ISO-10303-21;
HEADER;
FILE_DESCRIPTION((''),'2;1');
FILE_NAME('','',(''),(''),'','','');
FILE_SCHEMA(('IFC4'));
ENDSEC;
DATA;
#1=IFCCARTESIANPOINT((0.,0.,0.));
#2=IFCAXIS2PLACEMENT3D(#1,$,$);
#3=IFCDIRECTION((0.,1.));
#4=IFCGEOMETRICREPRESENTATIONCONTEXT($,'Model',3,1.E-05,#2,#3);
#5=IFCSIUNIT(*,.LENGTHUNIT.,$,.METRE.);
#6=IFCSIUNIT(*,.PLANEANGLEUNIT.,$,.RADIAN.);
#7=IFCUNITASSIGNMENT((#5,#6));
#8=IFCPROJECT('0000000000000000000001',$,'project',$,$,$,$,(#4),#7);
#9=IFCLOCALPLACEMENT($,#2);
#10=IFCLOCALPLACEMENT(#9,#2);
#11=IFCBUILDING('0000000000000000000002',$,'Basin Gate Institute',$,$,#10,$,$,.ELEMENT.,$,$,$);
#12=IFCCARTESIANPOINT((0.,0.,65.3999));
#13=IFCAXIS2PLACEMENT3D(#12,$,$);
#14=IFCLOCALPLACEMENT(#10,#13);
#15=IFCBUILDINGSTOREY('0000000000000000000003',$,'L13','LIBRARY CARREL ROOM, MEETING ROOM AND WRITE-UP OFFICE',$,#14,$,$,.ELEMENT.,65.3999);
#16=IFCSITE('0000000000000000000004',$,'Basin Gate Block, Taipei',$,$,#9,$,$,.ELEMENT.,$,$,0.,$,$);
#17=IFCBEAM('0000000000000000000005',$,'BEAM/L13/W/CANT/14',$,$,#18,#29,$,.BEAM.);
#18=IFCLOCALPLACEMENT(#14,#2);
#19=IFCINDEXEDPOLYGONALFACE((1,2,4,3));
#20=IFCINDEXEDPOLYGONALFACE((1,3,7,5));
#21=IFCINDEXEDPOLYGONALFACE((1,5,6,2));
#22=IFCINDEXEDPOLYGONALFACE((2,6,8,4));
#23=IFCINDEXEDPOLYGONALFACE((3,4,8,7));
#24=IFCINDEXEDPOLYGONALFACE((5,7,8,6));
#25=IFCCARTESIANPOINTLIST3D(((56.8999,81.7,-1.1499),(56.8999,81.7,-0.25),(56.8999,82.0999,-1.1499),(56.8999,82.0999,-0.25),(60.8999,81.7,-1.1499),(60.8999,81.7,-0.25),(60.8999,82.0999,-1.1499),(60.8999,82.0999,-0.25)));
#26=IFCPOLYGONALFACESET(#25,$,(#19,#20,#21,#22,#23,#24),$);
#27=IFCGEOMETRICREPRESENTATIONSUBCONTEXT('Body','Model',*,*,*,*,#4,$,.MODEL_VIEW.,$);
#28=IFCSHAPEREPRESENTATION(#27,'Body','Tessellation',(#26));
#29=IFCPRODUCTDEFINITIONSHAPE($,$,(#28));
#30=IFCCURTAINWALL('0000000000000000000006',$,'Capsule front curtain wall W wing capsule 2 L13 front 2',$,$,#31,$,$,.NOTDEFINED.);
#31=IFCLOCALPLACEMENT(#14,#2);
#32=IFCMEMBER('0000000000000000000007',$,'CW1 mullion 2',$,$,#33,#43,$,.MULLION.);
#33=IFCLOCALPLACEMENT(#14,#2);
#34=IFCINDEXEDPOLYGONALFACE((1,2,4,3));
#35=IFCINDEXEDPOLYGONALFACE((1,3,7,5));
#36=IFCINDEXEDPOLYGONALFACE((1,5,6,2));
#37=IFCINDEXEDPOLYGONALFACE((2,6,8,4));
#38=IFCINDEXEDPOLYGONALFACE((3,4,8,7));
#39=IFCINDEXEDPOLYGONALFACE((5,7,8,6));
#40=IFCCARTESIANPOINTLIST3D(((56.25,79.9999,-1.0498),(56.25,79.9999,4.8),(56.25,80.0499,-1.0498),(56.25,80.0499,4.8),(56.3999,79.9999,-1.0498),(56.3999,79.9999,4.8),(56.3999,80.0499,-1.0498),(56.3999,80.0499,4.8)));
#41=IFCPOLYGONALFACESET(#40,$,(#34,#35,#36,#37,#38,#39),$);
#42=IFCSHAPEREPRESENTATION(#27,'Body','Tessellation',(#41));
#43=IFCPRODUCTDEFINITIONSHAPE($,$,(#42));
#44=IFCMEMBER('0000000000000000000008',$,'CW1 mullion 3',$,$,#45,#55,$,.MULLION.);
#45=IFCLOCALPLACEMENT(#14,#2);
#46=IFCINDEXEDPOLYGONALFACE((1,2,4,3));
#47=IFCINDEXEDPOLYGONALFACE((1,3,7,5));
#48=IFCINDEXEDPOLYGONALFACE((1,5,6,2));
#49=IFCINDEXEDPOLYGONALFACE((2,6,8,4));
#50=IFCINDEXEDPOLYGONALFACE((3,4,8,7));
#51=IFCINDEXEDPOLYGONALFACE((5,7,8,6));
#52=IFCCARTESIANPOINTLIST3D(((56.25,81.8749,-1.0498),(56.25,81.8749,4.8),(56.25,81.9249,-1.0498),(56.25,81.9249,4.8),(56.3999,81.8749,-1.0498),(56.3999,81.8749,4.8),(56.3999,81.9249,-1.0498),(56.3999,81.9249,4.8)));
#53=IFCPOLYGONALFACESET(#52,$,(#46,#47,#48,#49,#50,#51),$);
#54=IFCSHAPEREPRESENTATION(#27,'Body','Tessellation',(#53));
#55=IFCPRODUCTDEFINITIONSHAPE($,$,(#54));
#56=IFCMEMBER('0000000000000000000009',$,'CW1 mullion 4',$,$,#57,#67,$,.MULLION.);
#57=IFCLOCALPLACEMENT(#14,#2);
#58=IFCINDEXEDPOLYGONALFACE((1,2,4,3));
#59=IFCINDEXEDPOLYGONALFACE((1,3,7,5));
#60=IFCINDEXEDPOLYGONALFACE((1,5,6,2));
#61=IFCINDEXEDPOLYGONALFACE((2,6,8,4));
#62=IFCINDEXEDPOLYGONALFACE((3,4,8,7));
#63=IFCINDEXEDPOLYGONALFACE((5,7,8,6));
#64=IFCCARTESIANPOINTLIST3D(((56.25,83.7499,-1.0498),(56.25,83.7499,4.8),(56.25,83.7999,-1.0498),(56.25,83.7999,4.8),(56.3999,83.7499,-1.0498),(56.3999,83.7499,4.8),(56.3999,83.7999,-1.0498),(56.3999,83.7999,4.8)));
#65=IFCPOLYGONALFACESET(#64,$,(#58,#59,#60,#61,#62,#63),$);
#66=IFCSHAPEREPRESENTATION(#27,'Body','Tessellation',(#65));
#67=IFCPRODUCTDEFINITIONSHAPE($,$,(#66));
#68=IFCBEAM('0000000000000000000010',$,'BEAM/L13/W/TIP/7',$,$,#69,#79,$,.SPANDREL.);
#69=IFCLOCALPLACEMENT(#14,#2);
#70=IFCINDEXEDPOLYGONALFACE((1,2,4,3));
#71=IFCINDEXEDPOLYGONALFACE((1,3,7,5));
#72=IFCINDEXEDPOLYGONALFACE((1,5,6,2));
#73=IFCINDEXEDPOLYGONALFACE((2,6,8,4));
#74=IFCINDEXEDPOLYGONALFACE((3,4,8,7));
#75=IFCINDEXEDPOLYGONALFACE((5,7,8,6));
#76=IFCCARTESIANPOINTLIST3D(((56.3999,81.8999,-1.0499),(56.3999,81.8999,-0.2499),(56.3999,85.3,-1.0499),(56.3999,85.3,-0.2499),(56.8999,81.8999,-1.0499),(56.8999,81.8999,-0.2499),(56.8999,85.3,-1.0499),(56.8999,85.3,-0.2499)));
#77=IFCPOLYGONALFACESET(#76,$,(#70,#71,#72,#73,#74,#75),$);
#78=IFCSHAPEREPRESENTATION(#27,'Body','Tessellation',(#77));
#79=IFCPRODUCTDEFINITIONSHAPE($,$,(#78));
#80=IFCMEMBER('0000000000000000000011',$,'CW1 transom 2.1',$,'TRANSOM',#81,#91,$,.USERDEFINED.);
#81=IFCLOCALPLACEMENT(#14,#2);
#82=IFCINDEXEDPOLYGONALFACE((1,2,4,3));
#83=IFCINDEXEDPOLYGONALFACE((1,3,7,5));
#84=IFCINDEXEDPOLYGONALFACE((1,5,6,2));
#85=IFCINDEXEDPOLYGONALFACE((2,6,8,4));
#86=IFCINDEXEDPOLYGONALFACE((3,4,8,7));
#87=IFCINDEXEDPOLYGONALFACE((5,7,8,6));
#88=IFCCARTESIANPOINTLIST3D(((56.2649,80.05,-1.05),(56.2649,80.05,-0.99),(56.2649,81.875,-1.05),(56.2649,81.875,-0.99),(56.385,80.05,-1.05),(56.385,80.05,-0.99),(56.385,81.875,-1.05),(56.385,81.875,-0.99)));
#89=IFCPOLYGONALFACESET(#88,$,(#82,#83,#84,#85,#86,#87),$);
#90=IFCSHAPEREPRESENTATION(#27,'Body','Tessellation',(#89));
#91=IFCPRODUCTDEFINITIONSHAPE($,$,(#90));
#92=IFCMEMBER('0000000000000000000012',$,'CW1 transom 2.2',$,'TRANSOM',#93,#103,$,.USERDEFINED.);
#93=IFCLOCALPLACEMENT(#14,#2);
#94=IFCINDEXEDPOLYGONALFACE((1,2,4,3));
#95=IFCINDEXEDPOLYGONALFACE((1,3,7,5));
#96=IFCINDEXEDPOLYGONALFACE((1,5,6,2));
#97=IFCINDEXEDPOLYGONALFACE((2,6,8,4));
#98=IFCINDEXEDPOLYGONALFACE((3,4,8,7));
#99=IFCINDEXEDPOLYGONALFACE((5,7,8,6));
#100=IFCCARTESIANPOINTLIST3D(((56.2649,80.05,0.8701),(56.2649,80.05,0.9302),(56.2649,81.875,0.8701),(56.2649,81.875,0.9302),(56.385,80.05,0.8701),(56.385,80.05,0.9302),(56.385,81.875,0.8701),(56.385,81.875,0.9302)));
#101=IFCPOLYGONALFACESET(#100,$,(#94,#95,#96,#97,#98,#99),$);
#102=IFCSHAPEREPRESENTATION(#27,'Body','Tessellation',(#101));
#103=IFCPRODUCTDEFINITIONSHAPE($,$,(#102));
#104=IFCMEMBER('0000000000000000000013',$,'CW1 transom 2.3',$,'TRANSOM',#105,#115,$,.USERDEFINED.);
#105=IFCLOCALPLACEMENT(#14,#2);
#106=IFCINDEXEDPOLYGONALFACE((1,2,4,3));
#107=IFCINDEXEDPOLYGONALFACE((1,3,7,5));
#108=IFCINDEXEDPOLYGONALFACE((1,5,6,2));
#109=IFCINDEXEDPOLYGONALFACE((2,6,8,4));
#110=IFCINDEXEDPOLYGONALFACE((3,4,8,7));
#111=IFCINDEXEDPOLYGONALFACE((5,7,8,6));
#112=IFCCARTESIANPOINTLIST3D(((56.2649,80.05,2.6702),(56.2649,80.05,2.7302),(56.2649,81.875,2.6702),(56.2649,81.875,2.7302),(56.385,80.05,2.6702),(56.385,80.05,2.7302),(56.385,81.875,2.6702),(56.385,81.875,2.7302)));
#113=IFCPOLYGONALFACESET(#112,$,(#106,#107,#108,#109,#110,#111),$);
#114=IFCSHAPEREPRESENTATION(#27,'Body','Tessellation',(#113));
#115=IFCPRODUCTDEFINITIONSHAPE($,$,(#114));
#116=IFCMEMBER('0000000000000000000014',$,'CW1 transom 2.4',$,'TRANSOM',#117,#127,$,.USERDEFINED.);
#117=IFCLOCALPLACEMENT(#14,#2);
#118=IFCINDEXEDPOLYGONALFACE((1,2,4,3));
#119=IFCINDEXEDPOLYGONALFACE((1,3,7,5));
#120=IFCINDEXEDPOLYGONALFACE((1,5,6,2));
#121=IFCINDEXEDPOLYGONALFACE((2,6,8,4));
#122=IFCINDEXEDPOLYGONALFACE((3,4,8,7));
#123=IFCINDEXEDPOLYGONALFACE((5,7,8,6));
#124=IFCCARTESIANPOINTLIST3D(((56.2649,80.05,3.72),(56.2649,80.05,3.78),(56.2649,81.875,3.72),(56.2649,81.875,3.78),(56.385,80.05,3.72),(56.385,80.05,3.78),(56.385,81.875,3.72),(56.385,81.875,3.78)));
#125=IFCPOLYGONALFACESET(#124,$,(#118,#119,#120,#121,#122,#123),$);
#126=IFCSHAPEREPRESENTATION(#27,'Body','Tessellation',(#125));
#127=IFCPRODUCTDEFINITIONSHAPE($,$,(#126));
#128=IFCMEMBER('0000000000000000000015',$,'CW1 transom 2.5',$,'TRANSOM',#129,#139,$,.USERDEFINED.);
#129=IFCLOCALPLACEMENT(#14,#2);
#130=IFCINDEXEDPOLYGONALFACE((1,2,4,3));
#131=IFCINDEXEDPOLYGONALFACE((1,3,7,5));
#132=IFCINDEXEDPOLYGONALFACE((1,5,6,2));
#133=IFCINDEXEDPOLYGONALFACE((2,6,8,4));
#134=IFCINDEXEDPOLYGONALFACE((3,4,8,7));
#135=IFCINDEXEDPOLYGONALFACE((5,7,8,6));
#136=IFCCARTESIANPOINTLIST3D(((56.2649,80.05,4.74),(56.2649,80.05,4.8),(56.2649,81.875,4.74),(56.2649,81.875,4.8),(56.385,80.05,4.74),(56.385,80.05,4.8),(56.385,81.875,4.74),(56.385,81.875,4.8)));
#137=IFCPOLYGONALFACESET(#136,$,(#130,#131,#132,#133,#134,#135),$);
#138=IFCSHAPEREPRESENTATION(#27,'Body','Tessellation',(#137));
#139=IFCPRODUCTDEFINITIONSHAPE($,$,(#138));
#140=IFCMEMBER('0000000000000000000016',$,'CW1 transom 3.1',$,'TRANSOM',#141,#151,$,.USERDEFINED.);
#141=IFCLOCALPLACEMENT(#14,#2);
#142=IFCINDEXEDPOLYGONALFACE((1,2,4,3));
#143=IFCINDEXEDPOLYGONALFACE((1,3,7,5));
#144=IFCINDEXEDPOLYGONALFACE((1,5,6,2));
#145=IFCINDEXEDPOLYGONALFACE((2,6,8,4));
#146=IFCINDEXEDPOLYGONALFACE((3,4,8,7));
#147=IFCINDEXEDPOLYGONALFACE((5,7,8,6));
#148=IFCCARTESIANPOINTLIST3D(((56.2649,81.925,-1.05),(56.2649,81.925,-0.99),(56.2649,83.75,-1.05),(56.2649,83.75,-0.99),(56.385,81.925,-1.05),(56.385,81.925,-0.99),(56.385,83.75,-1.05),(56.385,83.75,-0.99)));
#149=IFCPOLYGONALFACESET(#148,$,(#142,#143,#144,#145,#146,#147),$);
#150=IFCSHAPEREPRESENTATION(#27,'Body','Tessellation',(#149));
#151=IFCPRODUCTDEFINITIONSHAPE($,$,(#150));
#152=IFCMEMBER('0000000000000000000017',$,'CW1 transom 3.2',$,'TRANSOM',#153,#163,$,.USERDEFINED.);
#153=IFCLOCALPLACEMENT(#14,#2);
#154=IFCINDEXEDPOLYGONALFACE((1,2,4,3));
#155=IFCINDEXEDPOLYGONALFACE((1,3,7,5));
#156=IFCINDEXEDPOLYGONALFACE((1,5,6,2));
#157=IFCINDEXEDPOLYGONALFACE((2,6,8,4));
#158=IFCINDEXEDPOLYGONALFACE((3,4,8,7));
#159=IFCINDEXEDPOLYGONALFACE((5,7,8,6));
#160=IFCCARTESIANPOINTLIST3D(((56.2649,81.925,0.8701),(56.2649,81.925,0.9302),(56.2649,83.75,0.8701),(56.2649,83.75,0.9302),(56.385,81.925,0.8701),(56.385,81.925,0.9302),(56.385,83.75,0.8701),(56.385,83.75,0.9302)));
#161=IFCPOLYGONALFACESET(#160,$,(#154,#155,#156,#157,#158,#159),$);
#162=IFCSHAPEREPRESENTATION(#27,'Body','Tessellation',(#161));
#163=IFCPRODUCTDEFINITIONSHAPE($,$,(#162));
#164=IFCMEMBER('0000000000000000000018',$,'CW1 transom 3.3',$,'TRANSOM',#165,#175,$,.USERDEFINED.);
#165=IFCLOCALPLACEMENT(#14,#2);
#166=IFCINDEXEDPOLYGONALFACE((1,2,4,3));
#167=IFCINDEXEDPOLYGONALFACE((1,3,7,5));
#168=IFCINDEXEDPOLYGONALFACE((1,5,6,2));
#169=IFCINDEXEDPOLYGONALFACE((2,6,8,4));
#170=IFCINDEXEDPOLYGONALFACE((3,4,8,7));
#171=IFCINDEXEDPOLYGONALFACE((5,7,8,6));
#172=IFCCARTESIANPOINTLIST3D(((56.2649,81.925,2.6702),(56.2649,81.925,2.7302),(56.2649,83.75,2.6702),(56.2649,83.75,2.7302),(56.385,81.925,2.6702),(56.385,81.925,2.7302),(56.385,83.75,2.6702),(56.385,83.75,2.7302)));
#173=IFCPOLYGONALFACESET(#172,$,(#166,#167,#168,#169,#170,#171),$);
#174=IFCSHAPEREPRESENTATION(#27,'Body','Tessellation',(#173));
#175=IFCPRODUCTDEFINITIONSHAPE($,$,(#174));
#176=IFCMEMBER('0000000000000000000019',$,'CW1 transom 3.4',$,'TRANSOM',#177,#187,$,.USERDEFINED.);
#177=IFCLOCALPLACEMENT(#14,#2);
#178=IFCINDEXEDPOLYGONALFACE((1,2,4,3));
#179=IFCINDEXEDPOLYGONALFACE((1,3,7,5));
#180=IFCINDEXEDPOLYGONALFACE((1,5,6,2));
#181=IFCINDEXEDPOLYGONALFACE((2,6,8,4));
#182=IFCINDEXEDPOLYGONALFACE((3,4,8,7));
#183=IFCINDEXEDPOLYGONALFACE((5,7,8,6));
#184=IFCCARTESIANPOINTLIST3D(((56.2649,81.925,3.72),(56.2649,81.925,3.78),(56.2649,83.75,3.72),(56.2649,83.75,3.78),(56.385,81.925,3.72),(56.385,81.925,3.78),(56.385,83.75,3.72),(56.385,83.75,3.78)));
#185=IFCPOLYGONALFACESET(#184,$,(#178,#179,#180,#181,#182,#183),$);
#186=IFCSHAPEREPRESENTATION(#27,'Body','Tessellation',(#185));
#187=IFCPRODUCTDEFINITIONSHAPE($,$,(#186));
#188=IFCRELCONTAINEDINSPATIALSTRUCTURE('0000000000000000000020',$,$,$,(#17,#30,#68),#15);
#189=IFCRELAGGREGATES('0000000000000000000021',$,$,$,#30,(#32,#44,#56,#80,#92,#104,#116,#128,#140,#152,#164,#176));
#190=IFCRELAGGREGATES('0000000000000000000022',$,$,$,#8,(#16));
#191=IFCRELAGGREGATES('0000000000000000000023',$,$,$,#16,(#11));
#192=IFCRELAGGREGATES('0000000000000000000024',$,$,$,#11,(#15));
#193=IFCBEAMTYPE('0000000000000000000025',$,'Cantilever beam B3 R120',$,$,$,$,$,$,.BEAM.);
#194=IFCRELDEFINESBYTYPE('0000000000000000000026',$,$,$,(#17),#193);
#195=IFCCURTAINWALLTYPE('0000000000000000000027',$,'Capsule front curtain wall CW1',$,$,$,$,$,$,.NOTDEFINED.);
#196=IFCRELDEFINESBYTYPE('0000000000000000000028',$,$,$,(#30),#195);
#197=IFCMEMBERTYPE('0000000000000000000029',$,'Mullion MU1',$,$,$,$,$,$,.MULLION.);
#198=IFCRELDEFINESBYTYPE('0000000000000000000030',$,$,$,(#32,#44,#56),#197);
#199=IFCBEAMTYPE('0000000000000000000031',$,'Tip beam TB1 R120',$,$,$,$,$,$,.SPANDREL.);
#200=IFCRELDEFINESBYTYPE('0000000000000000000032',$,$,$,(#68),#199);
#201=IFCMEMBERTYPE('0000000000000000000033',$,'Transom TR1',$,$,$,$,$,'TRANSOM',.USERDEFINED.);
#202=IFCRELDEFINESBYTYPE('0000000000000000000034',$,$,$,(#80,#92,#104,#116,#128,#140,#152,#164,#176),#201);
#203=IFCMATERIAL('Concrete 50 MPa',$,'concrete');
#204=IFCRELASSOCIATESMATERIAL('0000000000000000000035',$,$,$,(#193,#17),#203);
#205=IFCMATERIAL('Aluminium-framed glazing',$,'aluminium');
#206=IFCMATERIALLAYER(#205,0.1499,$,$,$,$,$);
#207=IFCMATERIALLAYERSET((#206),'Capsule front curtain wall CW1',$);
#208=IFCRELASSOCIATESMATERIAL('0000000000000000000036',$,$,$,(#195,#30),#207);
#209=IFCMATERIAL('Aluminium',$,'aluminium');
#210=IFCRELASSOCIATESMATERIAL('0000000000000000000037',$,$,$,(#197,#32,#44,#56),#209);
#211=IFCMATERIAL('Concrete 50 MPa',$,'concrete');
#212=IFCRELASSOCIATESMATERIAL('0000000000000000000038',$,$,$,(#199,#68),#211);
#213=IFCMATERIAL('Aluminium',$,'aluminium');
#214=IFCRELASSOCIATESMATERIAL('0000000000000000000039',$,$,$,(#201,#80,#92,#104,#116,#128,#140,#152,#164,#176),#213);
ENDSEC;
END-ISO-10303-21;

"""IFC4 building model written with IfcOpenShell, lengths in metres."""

from ifc_helpers import new_model, si_unit, direction, frame, origin, origin_2d, place, context, subcontext, project, spatial, rectangle, extrude, material, layer, layer_set, material_profile, profile_set, type_object, element, aggregate, save


model = new_model("IFC4")

# Units and contexts
model_context = context("Model", 3, precision=1e-05, world=origin(), true_north=direction((0.0, 1.0)))
body_context = subcontext(model_context, "Body", "Model", "MODEL_VIEW")
ifc_project = project(units=[si_unit("LENGTHUNIT", "METRE"), si_unit("PLANEANGLEUNIT", "RADIAN")], contexts=[model_context])

# Site, building, storey
site_placement = place(None, origin())
site = spatial("IfcSite", under=ifc_project, at=site_placement, Name="Basin Gate Block, Taipei", CompositionType="ELEMENT", RefElevation=0.0)
building_placement = place(site_placement, origin())
building = spatial("IfcBuilding", under=site, at=building_placement, Name="Basin Gate Institute", CompositionType="ELEMENT")
storey_placement = place(building_placement, frame((0.0, 0.0, 65.3999)))
storey = spatial("IfcBuildingStorey", under=building, at=storey_placement, Name="L13", Description="LIBRARY CARREL ROOM, MEETING ROOM AND WRITE-UP OFFICE", CompositionType="ELEMENT", Elevation=65.3999)

# Beam
ifc_material_1 = material(Name="Concrete 50 MPa", Category="concrete")
ifc_material_profile_1 = material_profile(ifc_material_1, rectangle(XDim=0.3999, YDim=0.8999, at=origin_2d()), Name="Cantilever beam B3 400 x 900")
ifc_profile_set_1 = profile_set([ifc_material_profile_1], Name="Concrete 50 MPa")
beam_type_1 = type_object("IfcBeamType", Name="Cantilever beam B3 R120", PredefinedType="BEAM", material=ifc_profile_set_1)
beam_1_placement = place(storey_placement, frame((56.8999, 81.8999, -0.7), z_axis=(1.0, 0.0, 0.0), x_axis=(0.0, 1.0, 0.0)))
element("IfcBeam", 1, at=beam_1_placement, inside=storey, type_object=beam_type_1, material=ifc_profile_set_1, Name="BEAM/L13/W/CANT/14", PredefinedType="BEAM", context=body_context, shape_type="SweptSolid", body=[
    extrude(rectangle(XDim=0.3999, YDim=0.8999, at=origin_2d()), origin(), (0.0, 0.0, 1.0), 4.0),
])

# Curtain wall, members
ifc_material_2 = material(Name="Aluminium-framed glazing", Category="aluminium")
ifc_layer_1 = layer(ifc_material_2, 0.1499)
ifc_layer_set_1 = layer_set([ifc_layer_1], Name="Capsule front curtain wall CW1")
curtain_wall_type = type_object("IfcCurtainWallType", Name="Capsule front curtain wall CW1", PredefinedType="NOTDEFINED", material=ifc_layer_set_1)
curtain_wall_placement = place(storey_placement, origin())
curtain_wall = element("IfcCurtainWall", 2, at=curtain_wall_placement, inside=storey, type_object=curtain_wall_type, material=ifc_layer_set_1, Name="Capsule front curtain wall W wing capsule 2 L13 front 2", PredefinedType="NOTDEFINED")
ifc_material_3 = material(Name="Aluminium", Category="aluminium")
ifc_material_profile_2 = material_profile(ifc_material_3, rectangle(XDim=0.1499, YDim=0.05, at=origin_2d()), Name="Mullion MU1 150 x 50")
ifc_profile_set_2 = profile_set([ifc_material_profile_2], Name="Aluminium")
member_type_1 = type_object("IfcMemberType", Name="Mullion MU1", PredefinedType="MULLION", material=ifc_profile_set_2)
member_1_placement = place(storey_placement, frame((56.325, 80.0249, -1.0498), z_axis=(0.0, 0.0, 1.0), x_axis=(-1.0, 0.0, 0.0)))
member_1 = element("IfcMember", 3, at=member_1_placement, type_object=member_type_1, material=ifc_profile_set_2, Name="CW1 mullion 2", PredefinedType="MULLION", context=body_context, shape_type="SweptSolid", body=[
    extrude(rectangle(XDim=0.1499, YDim=0.05, at=origin_2d()), origin(), (0.0, 0.0, 1.0), 5.8499),
])
member_2_placement = place(storey_placement, frame((56.325, 81.8999, -1.0498), z_axis=(0.0, 0.0, 1.0), x_axis=(-1.0, 0.0, 0.0)))
member_2 = element("IfcMember", 4, at=member_2_placement, type_object=member_type_1, material=ifc_profile_set_2, Name="CW1 mullion 3", PredefinedType="MULLION", context=body_context, shape_type="SweptSolid", body=[
    extrude(rectangle(XDim=0.1499, YDim=0.05, at=origin_2d()), origin(), (0.0, 0.0, 1.0), 5.8499),
])
member_3_placement = place(storey_placement, frame((56.325, 83.7749, -1.0498), z_axis=(0.0, 0.0, 1.0), x_axis=(-1.0, 0.0, 0.0)))
member_3 = element("IfcMember", 5, at=member_3_placement, type_object=member_type_1, material=ifc_profile_set_2, Name="CW1 mullion 4", PredefinedType="MULLION", context=body_context, shape_type="SweptSolid", body=[
    extrude(rectangle(XDim=0.1499, YDim=0.05, at=origin_2d()), origin(), (0.0, 0.0, 1.0), 5.8499),
])

# Beam
ifc_material_4 = material(Name="Concrete 50 MPa", Category="concrete")
ifc_material_profile_3 = material_profile(ifc_material_4, rectangle(XDim=0.5, YDim=0.8, at=origin_2d()), Name="Tip beam TB1 500 x 800")
ifc_profile_set_3 = profile_set([ifc_material_profile_3], Name="Concrete 50 MPa")
beam_type_2 = type_object("IfcBeamType", Name="Tip beam TB1 R120", PredefinedType="SPANDREL", material=ifc_profile_set_3)
beam_2_placement = place(storey_placement, frame((56.6499, 81.8999, -0.6499), z_axis=(0.0, 1.0, 0.0), x_axis=(-1.0, 0.0, 0.0)))
element("IfcBeam", 6, at=beam_2_placement, inside=storey, type_object=beam_type_2, material=ifc_profile_set_3, Name="BEAM/L13/W/TIP/7", PredefinedType="SPANDREL", context=body_context, shape_type="SweptSolid", body=[
    extrude(rectangle(XDim=0.5, YDim=0.8, at=origin_2d()), origin(), (0.0, 0.0, 1.0), 3.4001),
])

# Members
ifc_material_5 = material(Name="Aluminium", Category="aluminium")
ifc_material_profile_4 = material_profile(ifc_material_5, rectangle(XDim=0.1201, YDim=0.0601, at=origin_2d()), Name="Transom TR1 120 x 60")
ifc_profile_set_4 = profile_set([ifc_material_profile_4], Name="Aluminium")
member_type_2 = type_object("IfcMemberType", Name="Transom TR1", ElementType="TRANSOM", PredefinedType="USERDEFINED", material=ifc_profile_set_4)
member_4_placement = place(storey_placement, frame((56.325, 80.05, -1.02), z_axis=(0.0, 1.0, 0.0), x_axis=(-1.0, 0.0, 0.0)))
member_4 = element("IfcMember", 7, at=member_4_placement, type_object=member_type_2, material=ifc_profile_set_4, Name="CW1 transom 2.1", ObjectType="TRANSOM", PredefinedType="USERDEFINED", context=body_context, shape_type="SweptSolid", body=[
    extrude(rectangle(XDim=0.1201, YDim=0.0601, at=origin_2d()), origin(), (0.0, 0.0, 1.0), 1.825),
])
member_5_placement = place(storey_placement, frame((56.325, 80.05, 0.9001), z_axis=(0.0, 1.0, 0.0), x_axis=(-1.0, 0.0, 0.0)))
member_5 = element("IfcMember", 8, at=member_5_placement, type_object=member_type_2, material=ifc_profile_set_4, Name="CW1 transom 2.2", ObjectType="TRANSOM", PredefinedType="USERDEFINED", context=body_context, shape_type="SweptSolid", body=[
    extrude(rectangle(XDim=0.1201, YDim=0.0601, at=origin_2d()), origin(), (0.0, 0.0, 1.0), 1.825),
])
member_6_placement = place(storey_placement, frame((56.325, 80.05, 2.7002), z_axis=(0.0, 1.0, 0.0), x_axis=(-1.0, 0.0, 0.0)))
member_6 = element("IfcMember", 9, at=member_6_placement, type_object=member_type_2, material=ifc_profile_set_4, Name="CW1 transom 2.3", ObjectType="TRANSOM", PredefinedType="USERDEFINED", context=body_context, shape_type="SweptSolid", body=[
    extrude(rectangle(XDim=0.1201, YDim=0.0601, at=origin_2d()), origin(), (0.0, 0.0, 1.0), 1.825),
])
member_7_placement = place(storey_placement, frame((56.325, 80.05, 3.75), z_axis=(0.0, 1.0, 0.0), x_axis=(-1.0, 0.0, 0.0)))
member_7 = element("IfcMember", 10, at=member_7_placement, type_object=member_type_2, material=ifc_profile_set_4, Name="CW1 transom 2.4", ObjectType="TRANSOM", PredefinedType="USERDEFINED", context=body_context, shape_type="SweptSolid", body=[
    extrude(rectangle(XDim=0.1201, YDim=0.0601, at=origin_2d()), origin(), (0.0, 0.0, 1.0), 1.825),
])
member_8_placement = place(storey_placement, frame((56.325, 80.05, 4.77), z_axis=(0.0, 1.0, 0.0), x_axis=(-1.0, 0.0, 0.0)))
member_8 = element("IfcMember", 11, at=member_8_placement, type_object=member_type_2, material=ifc_profile_set_4, Name="CW1 transom 2.5", ObjectType="TRANSOM", PredefinedType="USERDEFINED", context=body_context, shape_type="SweptSolid", body=[
    extrude(rectangle(XDim=0.1201, YDim=0.0601, at=origin_2d()), origin(), (0.0, 0.0, 1.0), 1.825),
])
member_9_placement = place(storey_placement, frame((56.325, 81.925, -1.02), z_axis=(0.0, 1.0, 0.0), x_axis=(-1.0, 0.0, 0.0)))
member_9 = element("IfcMember", 12, at=member_9_placement, type_object=member_type_2, material=ifc_profile_set_4, Name="CW1 transom 3.1", ObjectType="TRANSOM", PredefinedType="USERDEFINED", context=body_context, shape_type="SweptSolid", body=[
    extrude(rectangle(XDim=0.1201, YDim=0.0601, at=origin_2d()), origin(), (0.0, 0.0, 1.0), 1.825),
])
member_10_placement = place(storey_placement, frame((56.325, 81.925, 0.9001), z_axis=(0.0, 1.0, 0.0), x_axis=(-1.0, 0.0, 0.0)))
member_10 = element("IfcMember", 13, at=member_10_placement, type_object=member_type_2, material=ifc_profile_set_4, Name="CW1 transom 3.2", ObjectType="TRANSOM", PredefinedType="USERDEFINED", context=body_context, shape_type="SweptSolid", body=[
    extrude(rectangle(XDim=0.1201, YDim=0.0601, at=origin_2d()), origin(), (0.0, 0.0, 1.0), 1.825),
])
member_11_placement = place(storey_placement, frame((56.325, 81.925, 2.7002), z_axis=(0.0, 1.0, 0.0), x_axis=(-1.0, 0.0, 0.0)))
member_11 = element("IfcMember", 14, at=member_11_placement, type_object=member_type_2, material=ifc_profile_set_4, Name="CW1 transom 3.3", ObjectType="TRANSOM", PredefinedType="USERDEFINED", context=body_context, shape_type="SweptSolid", body=[
    extrude(rectangle(XDim=0.1201, YDim=0.0601, at=origin_2d()), origin(), (0.0, 0.0, 1.0), 1.825),
])
member_12_placement = place(storey_placement, frame((56.325, 81.925, 3.75), z_axis=(0.0, 1.0, 0.0), x_axis=(-1.0, 0.0, 0.0)))
member_12 = element("IfcMember", 15, at=member_12_placement, type_object=member_type_2, material=ifc_profile_set_4, Name="CW1 transom 3.4", ObjectType="TRANSOM", PredefinedType="USERDEFINED", context=body_context, shape_type="SweptSolid", body=[
    extrude(rectangle(XDim=0.1201, YDim=0.0601, at=origin_2d()), origin(), (0.0, 0.0, 1.0), 1.825),
])

aggregate(curtain_wall, [member_1, member_2, member_3, member_4, member_5, member_6, member_7, member_8, member_9, member_10, member_11, member_12])

save(model, "model.ifc")
